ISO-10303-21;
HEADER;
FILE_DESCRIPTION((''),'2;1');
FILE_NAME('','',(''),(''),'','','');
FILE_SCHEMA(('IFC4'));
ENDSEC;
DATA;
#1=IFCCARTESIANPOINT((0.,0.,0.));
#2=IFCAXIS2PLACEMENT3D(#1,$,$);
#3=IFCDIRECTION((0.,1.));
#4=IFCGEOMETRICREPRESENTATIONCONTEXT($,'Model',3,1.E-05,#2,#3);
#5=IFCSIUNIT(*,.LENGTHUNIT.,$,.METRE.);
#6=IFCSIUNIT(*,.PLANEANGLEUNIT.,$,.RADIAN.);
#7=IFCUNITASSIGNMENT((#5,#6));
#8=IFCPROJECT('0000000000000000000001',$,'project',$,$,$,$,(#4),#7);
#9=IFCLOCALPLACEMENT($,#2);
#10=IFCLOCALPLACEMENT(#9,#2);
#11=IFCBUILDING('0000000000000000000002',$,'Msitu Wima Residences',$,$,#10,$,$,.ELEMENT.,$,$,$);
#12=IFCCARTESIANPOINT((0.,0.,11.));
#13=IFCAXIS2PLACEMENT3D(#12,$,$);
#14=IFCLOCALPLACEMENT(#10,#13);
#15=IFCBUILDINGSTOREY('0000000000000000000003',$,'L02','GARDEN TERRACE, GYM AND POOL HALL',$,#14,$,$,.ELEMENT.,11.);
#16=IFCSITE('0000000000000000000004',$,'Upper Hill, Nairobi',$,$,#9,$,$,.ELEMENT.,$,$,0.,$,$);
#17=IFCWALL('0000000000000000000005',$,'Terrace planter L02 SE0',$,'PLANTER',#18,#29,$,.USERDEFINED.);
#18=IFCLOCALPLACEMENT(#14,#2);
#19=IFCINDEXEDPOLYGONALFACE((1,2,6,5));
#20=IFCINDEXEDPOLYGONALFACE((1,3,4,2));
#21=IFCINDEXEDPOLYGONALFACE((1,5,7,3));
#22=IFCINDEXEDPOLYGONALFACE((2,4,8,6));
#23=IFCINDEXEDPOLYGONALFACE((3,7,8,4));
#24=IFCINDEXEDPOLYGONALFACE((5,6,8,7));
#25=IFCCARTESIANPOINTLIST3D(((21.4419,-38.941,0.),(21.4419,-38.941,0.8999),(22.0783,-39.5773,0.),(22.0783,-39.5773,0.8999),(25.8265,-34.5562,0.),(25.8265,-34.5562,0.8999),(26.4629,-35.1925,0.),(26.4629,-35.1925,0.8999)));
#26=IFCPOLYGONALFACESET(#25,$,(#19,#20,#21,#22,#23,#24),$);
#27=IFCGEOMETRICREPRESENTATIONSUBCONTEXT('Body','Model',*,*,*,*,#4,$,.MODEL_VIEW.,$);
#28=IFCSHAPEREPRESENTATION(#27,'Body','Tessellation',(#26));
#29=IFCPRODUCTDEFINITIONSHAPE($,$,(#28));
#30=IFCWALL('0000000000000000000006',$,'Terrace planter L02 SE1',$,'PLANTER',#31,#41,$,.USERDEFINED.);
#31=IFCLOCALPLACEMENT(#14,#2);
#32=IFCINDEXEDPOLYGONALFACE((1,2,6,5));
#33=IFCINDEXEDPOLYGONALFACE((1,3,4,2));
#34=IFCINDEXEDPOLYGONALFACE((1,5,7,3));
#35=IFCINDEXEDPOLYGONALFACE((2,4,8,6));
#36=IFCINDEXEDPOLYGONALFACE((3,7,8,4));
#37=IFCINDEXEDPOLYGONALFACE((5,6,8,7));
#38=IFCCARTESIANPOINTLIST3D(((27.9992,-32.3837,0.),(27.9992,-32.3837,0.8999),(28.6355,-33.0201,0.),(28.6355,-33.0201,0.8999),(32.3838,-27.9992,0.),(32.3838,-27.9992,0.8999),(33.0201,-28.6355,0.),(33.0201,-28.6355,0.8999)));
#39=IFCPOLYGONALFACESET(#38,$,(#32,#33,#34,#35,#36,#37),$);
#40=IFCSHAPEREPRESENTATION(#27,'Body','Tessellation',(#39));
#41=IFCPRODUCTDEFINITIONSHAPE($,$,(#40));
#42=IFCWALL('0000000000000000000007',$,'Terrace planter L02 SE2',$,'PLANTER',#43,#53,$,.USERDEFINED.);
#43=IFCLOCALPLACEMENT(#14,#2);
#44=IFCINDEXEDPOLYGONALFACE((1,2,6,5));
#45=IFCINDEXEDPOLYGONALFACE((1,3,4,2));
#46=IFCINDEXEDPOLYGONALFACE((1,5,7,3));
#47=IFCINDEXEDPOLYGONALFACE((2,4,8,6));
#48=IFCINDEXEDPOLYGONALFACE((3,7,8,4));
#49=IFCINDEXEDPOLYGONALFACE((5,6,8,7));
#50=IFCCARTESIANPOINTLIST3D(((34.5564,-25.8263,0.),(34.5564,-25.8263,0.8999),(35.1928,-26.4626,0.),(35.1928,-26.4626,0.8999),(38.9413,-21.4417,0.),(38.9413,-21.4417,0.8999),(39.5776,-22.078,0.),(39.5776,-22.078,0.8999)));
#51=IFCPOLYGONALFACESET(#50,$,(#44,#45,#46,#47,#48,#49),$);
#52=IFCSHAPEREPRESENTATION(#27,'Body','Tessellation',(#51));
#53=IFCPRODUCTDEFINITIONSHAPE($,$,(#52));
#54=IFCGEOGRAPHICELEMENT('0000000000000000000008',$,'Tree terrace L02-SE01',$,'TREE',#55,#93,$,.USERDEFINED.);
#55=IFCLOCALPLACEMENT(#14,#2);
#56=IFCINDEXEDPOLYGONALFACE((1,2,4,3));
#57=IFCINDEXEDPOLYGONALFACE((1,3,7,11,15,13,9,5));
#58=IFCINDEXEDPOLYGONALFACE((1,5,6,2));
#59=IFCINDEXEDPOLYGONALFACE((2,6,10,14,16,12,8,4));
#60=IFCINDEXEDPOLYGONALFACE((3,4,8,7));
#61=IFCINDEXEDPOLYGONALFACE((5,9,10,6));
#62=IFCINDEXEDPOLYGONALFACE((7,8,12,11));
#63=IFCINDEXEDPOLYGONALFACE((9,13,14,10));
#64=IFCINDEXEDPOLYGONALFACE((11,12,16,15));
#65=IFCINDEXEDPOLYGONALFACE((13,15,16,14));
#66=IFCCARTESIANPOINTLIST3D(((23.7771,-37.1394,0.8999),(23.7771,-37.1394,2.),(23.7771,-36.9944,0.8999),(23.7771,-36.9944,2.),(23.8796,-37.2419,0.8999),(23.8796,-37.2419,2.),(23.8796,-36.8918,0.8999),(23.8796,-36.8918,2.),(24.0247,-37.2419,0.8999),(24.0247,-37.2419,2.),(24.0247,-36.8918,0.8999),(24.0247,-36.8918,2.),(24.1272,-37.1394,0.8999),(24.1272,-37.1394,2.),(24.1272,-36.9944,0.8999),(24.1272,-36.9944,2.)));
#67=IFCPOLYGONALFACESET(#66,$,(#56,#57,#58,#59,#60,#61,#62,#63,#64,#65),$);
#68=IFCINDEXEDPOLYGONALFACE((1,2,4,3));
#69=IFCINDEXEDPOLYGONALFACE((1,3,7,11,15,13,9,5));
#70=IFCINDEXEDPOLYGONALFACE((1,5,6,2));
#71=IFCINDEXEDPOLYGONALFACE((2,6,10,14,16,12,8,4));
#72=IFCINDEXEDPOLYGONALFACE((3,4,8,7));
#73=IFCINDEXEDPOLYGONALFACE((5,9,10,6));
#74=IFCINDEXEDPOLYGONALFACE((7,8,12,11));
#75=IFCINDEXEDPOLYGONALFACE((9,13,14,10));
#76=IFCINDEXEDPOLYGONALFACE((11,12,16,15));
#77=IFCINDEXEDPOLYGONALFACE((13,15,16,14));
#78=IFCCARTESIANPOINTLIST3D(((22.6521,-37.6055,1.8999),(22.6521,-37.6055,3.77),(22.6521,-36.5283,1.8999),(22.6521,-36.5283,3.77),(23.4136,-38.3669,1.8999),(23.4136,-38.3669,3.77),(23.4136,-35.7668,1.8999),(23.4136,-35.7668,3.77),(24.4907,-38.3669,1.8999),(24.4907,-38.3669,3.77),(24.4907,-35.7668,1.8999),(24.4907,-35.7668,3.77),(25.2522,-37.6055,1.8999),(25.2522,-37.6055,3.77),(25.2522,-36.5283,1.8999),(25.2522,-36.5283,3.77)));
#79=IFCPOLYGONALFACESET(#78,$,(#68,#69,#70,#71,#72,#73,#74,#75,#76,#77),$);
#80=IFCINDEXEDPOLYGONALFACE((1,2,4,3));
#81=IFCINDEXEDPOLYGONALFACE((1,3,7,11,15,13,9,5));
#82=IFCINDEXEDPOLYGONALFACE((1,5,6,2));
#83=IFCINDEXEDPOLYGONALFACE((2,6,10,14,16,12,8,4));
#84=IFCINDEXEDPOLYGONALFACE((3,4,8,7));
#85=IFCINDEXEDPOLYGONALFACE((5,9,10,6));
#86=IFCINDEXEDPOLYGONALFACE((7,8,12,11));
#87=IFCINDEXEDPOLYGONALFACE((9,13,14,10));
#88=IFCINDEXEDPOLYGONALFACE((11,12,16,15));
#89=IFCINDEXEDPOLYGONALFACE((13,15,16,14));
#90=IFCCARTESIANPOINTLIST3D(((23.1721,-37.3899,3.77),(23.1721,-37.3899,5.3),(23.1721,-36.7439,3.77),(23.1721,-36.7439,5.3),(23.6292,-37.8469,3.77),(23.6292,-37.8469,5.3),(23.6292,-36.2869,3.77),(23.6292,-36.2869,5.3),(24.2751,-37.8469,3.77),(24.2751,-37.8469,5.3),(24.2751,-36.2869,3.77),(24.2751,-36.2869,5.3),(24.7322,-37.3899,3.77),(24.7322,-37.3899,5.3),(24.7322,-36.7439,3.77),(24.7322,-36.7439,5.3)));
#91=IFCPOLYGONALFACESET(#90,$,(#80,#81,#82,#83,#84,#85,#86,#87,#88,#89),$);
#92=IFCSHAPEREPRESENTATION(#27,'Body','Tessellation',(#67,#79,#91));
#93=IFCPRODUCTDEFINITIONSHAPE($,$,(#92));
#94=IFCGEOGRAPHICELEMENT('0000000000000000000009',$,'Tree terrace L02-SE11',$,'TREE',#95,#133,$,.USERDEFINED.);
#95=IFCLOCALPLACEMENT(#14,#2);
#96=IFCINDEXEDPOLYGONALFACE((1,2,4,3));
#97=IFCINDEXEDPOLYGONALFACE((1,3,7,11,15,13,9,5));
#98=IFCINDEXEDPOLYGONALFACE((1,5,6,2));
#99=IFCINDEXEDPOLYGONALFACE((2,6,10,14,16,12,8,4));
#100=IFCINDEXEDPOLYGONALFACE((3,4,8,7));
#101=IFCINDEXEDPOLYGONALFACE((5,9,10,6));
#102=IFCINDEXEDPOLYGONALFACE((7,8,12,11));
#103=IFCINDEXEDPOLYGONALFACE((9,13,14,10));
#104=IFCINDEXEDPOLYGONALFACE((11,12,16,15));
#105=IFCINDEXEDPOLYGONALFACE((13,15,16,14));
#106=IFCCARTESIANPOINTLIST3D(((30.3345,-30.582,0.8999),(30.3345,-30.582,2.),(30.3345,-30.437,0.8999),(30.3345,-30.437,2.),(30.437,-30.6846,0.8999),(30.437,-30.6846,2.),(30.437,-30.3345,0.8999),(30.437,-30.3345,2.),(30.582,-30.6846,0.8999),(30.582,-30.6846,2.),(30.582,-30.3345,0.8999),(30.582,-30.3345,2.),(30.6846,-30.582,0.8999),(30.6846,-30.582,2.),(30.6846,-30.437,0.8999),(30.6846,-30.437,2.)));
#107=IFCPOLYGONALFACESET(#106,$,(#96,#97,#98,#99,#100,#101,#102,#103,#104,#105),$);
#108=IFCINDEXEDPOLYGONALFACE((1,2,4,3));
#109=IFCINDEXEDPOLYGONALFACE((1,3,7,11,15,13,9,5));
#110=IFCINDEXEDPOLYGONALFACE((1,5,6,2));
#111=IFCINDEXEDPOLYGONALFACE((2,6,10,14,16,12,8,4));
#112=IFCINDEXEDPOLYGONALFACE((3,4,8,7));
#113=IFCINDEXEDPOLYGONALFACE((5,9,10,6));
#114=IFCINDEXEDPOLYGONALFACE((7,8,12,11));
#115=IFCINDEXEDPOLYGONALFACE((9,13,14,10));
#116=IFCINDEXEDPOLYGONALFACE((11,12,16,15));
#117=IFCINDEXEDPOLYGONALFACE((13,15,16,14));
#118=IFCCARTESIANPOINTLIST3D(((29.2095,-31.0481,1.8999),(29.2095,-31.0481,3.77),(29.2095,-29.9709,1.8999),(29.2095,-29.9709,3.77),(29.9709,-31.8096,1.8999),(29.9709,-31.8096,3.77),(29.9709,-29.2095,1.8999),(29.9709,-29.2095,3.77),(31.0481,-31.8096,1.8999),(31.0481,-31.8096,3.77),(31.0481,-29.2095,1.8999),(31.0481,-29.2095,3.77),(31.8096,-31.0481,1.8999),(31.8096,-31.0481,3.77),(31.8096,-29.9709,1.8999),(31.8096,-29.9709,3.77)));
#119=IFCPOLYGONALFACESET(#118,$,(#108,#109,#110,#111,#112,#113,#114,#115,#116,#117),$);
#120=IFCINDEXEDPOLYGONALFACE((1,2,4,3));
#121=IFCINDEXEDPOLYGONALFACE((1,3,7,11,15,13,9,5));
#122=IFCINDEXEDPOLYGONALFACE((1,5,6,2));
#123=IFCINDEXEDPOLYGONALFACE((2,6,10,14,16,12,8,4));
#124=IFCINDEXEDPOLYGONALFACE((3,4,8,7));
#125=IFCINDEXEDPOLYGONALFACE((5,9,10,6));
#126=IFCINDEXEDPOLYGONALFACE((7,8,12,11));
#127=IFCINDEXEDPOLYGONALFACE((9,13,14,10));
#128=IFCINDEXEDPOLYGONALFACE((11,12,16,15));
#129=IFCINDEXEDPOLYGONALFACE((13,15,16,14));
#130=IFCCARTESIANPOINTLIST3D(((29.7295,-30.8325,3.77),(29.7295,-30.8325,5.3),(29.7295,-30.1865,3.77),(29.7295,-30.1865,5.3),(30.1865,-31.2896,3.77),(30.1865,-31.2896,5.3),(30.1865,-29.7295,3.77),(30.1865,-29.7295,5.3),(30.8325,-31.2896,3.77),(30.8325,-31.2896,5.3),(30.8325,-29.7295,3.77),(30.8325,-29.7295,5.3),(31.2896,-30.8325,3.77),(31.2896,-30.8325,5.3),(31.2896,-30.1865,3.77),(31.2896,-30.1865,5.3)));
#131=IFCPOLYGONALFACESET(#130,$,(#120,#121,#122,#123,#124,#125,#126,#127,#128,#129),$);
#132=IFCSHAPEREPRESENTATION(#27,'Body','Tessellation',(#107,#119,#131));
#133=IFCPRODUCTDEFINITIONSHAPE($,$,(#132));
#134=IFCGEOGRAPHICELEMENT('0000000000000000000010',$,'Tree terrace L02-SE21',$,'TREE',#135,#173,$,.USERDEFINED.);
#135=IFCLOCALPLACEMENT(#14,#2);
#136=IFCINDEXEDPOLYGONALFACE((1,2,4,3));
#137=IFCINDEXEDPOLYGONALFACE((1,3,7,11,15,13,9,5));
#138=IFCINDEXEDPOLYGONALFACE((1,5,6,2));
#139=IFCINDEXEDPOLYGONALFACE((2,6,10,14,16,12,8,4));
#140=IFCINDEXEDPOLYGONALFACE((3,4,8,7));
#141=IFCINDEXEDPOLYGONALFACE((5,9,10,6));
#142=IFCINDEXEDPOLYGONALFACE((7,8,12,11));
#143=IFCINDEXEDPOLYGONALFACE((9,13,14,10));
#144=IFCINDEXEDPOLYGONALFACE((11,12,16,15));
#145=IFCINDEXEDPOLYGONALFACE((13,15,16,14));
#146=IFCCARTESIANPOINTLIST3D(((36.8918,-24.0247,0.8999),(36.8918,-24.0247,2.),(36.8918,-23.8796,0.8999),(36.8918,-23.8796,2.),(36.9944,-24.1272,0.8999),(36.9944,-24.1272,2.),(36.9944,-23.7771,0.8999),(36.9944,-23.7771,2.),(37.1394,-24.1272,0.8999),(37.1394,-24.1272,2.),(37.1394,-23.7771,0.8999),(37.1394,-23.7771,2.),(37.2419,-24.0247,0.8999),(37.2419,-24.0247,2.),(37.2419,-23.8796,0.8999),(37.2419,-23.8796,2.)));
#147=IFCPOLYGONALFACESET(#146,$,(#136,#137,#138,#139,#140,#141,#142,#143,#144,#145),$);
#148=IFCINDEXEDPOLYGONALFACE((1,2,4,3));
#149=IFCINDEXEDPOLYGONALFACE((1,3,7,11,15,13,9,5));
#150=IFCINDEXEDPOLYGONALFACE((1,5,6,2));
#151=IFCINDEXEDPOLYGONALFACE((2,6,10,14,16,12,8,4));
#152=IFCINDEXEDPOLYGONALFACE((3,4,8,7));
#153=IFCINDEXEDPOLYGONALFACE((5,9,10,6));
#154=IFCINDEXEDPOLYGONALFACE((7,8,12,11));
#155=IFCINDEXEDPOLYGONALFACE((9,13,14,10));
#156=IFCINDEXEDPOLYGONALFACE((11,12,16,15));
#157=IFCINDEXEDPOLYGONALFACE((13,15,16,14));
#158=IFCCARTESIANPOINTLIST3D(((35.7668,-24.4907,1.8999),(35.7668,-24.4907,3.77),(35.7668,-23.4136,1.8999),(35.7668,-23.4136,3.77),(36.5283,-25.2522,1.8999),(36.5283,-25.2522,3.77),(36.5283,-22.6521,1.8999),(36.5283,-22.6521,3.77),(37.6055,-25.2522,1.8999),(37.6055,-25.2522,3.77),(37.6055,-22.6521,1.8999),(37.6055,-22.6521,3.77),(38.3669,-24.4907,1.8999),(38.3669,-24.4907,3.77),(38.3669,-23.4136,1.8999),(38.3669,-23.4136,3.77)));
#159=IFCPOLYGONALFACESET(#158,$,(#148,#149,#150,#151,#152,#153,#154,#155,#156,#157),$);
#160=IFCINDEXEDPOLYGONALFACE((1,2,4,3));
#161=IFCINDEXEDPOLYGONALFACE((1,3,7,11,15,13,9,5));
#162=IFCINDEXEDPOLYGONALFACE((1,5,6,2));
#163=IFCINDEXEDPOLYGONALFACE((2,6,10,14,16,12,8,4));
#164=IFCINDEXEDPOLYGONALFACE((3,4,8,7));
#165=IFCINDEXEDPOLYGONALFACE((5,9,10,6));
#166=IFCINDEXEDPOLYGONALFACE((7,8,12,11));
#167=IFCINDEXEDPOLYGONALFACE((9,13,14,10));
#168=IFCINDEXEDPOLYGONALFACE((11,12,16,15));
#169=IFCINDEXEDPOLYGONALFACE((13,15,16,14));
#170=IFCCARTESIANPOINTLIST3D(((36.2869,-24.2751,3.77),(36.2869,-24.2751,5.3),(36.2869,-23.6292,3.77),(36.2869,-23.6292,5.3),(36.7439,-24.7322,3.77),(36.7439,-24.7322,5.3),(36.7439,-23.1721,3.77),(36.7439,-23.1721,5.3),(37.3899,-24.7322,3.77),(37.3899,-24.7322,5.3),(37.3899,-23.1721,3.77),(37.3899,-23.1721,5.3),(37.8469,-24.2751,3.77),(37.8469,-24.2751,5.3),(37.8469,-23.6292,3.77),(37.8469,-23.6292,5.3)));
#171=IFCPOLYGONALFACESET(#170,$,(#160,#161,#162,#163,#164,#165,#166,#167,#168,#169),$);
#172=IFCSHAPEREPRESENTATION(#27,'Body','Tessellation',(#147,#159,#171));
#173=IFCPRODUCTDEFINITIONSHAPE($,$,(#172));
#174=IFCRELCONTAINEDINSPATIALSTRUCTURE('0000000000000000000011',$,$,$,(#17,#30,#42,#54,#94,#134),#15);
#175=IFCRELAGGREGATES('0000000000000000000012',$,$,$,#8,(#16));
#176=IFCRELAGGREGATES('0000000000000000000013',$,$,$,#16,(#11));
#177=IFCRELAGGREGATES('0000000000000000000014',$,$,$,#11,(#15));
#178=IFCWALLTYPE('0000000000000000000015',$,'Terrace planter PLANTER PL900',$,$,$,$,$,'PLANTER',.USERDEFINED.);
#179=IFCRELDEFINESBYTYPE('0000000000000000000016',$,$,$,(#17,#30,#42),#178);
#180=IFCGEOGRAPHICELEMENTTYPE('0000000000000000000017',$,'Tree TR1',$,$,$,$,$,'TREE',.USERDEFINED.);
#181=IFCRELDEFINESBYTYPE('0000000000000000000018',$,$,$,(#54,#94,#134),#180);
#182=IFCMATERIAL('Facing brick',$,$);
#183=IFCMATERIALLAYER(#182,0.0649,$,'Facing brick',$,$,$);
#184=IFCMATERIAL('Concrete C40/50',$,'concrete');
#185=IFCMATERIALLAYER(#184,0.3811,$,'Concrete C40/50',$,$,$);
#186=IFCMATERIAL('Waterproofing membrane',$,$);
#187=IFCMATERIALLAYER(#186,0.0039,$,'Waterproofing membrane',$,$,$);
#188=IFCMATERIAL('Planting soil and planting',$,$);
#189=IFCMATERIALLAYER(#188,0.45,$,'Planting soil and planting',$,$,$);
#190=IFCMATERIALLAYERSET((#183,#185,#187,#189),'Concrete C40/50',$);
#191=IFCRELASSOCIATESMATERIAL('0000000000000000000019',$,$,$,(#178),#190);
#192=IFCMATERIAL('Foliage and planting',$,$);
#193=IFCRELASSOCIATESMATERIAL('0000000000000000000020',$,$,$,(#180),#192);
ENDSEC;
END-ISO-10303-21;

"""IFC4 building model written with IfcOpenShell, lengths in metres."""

from ifc_helpers import new_model, si_unit, direction, frame, frame_2d, origin, place, context, subcontext, project, spatial, polyline, rectangle, outline, extrude, material, layer, layer_set, type_object, element, save


model = new_model("IFC4")

# Units and contexts
model_context = context("Model", 3, precision=1e-05, world=origin(), true_north=direction((0.0, 1.0)))
body_context = subcontext(model_context, "Body", "Model", "MODEL_VIEW")
ifc_project = project(units=[si_unit("LENGTHUNIT", "METRE"), si_unit("PLANEANGLEUNIT", "RADIAN")], contexts=[model_context])

# Site, building, storey
site_placement = place(None, origin())
site = spatial("IfcSite", under=ifc_project, at=site_placement, Name="Upper Hill, Nairobi", CompositionType="ELEMENT", RefElevation=0.0)
building_placement = place(site_placement, origin())
building = spatial("IfcBuilding", under=site, at=building_placement, Name="Msitu Wima Residences", CompositionType="ELEMENT")
storey_placement = place(building_placement, frame((0.0, 0.0, 11.0)))
storey = spatial("IfcBuildingStorey", under=building, at=storey_placement, Name="L02", Description="GARDEN TERRACE, GYM AND POOL HALL", CompositionType="ELEMENT", Elevation=11.0)

# Walls
ifc_material_1 = material(Name="Facing brick")
ifc_layer_1 = layer(ifc_material_1, 0.0649, Name="Facing brick")
ifc_material_2 = material(Name="Concrete C40/50", Category="concrete")
ifc_layer_2 = layer(ifc_material_2, 0.3811, Name="Concrete C40/50")
ifc_material_3 = material(Name="Waterproofing membrane")
ifc_layer_3 = layer(ifc_material_3, 0.0039, Name="Waterproofing membrane")
ifc_material_4 = material(Name="Planting soil and planting")
ifc_layer_4 = layer(ifc_material_4, 0.45, Name="Planting soil and planting")
ifc_layer_set_1 = layer_set([ifc_layer_1, ifc_layer_2, ifc_layer_3, ifc_layer_4], Name="Concrete C40/50")
wall_type_1 = type_object("IfcWallType", Name="Terrace planter PLANTER PL900", ElementType="PLANTER", PredefinedType="USERDEFINED", material=ifc_layer_set_1)
wall_1_placement = place(storey_placement, frame((21.76, -39.2593, 0.0), z_axis=(0.0, 0.0, 1.0), x_axis=(0.707087, 0.707126, 0.0)))
element("IfcWall", 1, at=wall_1_placement, inside=storey, type_object=wall_type_1, Name="Terrace planter L02 SE0", ObjectType="PLANTER", PredefinedType="USERDEFINED", context=body_context, shape_type="SweptSolid", body=[
    extrude(rectangle(XDim=6.2009, YDim=0.8999, at=frame_2d((3.1006, 0.0))), origin(), (0.0, 0.0, 1.0), 0.8999),
])
wall_2_placement = place(storey_placement, frame((28.3174, -32.7019, 0.0), z_axis=(0.0, 0.0, 1.0), x_axis=(0.707107, 0.707107, 0.0)))
element("IfcWall", 2, at=wall_2_placement, inside=storey, type_object=wall_type_1, Name="Terrace planter L02 SE1", ObjectType="PLANTER", PredefinedType="USERDEFINED", context=body_context, shape_type="SweptSolid", body=[
    extrude(rectangle(XDim=6.2007, YDim=0.8999, at=frame_2d((3.1003, 0.0))), origin(), (0.0, 0.0, 1.0), 0.8999),
])
wall_3_placement = place(storey_placement, frame((34.8745, -26.1445, 0.0), z_axis=(0.0, 0.0, 1.0), x_axis=(0.707126, 0.707087, 0.0)))
element("IfcWall", 3, at=wall_3_placement, inside=storey, type_object=wall_type_1, Name="Terrace planter L02 SE2", ObjectType="PLANTER", PredefinedType="USERDEFINED", context=body_context, shape_type="SweptSolid", body=[
    extrude(rectangle(XDim=6.2009, YDim=0.8999, at=frame_2d((3.1006, 0.0))), origin(), (0.0, 0.0, 1.0), 0.8999),
])

# Geographic elements
ifc_material_5 = material(Name="Foliage and planting")
geographic_element_type = type_object("IfcGeographicElementType", Name="Tree TR1", ElementType="TREE", PredefinedType="USERDEFINED", material=ifc_material_5)
for number, where, z_axis, x_axis, name in (
    (4, (23.9521, -37.0669, 0.8999), (0.0, 0.0, 1.0), (1.0, 0.0, 0.0), "Tree terrace L02-SE01"),
    (5, (30.5095, -30.5095, 0.8999), (0.0, 0.0, 1.0), (1.0, 0.0, 0.0), "Tree terrace L02-SE11"),
    (6, (37.0669, -23.9521, 0.8999), (0.0, 0.0, 1.0), (1.0, 0.0, 0.0), "Tree terrace L02-SE21"),
):
    element("IfcGeographicElement", number, at=place(storey_placement, frame(where, z_axis=z_axis, x_axis=x_axis)), inside=storey, type_object=geographic_element_type, Name=name, ObjectType="TREE", PredefinedType="USERDEFINED", context=body_context, shape_type="SweptSolid", body=[
        extrude(outline(polyline([(0.175, 0.0725), (0.0725, 0.175), (-0.0725, 0.175), (-0.175, 0.0725), (-0.175, -0.0725), (-0.0725, -0.175), (0.0725, -0.175), (0.175, -0.0725), (0.175, 0.0725)])), origin(), (0.0, 0.0, 1.0), 1.1001),
        extrude(outline(polyline([(1.3, 0.5386), (0.5386, 1.3), (-0.5386, 1.3), (-1.3, 0.5386), (-1.3, -0.5386), (-0.5386, -1.3), (0.5386, -1.3), (1.3, -0.5386), (1.3, 0.5386)])), frame((0.0, 0.0, 1.0)), (0.0, 0.0, 1.0), 1.8701),
        extrude(outline(polyline([(0.78, 0.323), (0.323, 0.78), (-0.323, 0.78), (-0.78, 0.323), (-0.78, -0.323), (-0.323, -0.78), (0.323, -0.78), (0.78, -0.323), (0.78, 0.323)])), frame((0.0, 0.0, 2.8701)), (0.0, 0.0, 1.0), 1.53),
    ])

save(model, "model.ifc")
